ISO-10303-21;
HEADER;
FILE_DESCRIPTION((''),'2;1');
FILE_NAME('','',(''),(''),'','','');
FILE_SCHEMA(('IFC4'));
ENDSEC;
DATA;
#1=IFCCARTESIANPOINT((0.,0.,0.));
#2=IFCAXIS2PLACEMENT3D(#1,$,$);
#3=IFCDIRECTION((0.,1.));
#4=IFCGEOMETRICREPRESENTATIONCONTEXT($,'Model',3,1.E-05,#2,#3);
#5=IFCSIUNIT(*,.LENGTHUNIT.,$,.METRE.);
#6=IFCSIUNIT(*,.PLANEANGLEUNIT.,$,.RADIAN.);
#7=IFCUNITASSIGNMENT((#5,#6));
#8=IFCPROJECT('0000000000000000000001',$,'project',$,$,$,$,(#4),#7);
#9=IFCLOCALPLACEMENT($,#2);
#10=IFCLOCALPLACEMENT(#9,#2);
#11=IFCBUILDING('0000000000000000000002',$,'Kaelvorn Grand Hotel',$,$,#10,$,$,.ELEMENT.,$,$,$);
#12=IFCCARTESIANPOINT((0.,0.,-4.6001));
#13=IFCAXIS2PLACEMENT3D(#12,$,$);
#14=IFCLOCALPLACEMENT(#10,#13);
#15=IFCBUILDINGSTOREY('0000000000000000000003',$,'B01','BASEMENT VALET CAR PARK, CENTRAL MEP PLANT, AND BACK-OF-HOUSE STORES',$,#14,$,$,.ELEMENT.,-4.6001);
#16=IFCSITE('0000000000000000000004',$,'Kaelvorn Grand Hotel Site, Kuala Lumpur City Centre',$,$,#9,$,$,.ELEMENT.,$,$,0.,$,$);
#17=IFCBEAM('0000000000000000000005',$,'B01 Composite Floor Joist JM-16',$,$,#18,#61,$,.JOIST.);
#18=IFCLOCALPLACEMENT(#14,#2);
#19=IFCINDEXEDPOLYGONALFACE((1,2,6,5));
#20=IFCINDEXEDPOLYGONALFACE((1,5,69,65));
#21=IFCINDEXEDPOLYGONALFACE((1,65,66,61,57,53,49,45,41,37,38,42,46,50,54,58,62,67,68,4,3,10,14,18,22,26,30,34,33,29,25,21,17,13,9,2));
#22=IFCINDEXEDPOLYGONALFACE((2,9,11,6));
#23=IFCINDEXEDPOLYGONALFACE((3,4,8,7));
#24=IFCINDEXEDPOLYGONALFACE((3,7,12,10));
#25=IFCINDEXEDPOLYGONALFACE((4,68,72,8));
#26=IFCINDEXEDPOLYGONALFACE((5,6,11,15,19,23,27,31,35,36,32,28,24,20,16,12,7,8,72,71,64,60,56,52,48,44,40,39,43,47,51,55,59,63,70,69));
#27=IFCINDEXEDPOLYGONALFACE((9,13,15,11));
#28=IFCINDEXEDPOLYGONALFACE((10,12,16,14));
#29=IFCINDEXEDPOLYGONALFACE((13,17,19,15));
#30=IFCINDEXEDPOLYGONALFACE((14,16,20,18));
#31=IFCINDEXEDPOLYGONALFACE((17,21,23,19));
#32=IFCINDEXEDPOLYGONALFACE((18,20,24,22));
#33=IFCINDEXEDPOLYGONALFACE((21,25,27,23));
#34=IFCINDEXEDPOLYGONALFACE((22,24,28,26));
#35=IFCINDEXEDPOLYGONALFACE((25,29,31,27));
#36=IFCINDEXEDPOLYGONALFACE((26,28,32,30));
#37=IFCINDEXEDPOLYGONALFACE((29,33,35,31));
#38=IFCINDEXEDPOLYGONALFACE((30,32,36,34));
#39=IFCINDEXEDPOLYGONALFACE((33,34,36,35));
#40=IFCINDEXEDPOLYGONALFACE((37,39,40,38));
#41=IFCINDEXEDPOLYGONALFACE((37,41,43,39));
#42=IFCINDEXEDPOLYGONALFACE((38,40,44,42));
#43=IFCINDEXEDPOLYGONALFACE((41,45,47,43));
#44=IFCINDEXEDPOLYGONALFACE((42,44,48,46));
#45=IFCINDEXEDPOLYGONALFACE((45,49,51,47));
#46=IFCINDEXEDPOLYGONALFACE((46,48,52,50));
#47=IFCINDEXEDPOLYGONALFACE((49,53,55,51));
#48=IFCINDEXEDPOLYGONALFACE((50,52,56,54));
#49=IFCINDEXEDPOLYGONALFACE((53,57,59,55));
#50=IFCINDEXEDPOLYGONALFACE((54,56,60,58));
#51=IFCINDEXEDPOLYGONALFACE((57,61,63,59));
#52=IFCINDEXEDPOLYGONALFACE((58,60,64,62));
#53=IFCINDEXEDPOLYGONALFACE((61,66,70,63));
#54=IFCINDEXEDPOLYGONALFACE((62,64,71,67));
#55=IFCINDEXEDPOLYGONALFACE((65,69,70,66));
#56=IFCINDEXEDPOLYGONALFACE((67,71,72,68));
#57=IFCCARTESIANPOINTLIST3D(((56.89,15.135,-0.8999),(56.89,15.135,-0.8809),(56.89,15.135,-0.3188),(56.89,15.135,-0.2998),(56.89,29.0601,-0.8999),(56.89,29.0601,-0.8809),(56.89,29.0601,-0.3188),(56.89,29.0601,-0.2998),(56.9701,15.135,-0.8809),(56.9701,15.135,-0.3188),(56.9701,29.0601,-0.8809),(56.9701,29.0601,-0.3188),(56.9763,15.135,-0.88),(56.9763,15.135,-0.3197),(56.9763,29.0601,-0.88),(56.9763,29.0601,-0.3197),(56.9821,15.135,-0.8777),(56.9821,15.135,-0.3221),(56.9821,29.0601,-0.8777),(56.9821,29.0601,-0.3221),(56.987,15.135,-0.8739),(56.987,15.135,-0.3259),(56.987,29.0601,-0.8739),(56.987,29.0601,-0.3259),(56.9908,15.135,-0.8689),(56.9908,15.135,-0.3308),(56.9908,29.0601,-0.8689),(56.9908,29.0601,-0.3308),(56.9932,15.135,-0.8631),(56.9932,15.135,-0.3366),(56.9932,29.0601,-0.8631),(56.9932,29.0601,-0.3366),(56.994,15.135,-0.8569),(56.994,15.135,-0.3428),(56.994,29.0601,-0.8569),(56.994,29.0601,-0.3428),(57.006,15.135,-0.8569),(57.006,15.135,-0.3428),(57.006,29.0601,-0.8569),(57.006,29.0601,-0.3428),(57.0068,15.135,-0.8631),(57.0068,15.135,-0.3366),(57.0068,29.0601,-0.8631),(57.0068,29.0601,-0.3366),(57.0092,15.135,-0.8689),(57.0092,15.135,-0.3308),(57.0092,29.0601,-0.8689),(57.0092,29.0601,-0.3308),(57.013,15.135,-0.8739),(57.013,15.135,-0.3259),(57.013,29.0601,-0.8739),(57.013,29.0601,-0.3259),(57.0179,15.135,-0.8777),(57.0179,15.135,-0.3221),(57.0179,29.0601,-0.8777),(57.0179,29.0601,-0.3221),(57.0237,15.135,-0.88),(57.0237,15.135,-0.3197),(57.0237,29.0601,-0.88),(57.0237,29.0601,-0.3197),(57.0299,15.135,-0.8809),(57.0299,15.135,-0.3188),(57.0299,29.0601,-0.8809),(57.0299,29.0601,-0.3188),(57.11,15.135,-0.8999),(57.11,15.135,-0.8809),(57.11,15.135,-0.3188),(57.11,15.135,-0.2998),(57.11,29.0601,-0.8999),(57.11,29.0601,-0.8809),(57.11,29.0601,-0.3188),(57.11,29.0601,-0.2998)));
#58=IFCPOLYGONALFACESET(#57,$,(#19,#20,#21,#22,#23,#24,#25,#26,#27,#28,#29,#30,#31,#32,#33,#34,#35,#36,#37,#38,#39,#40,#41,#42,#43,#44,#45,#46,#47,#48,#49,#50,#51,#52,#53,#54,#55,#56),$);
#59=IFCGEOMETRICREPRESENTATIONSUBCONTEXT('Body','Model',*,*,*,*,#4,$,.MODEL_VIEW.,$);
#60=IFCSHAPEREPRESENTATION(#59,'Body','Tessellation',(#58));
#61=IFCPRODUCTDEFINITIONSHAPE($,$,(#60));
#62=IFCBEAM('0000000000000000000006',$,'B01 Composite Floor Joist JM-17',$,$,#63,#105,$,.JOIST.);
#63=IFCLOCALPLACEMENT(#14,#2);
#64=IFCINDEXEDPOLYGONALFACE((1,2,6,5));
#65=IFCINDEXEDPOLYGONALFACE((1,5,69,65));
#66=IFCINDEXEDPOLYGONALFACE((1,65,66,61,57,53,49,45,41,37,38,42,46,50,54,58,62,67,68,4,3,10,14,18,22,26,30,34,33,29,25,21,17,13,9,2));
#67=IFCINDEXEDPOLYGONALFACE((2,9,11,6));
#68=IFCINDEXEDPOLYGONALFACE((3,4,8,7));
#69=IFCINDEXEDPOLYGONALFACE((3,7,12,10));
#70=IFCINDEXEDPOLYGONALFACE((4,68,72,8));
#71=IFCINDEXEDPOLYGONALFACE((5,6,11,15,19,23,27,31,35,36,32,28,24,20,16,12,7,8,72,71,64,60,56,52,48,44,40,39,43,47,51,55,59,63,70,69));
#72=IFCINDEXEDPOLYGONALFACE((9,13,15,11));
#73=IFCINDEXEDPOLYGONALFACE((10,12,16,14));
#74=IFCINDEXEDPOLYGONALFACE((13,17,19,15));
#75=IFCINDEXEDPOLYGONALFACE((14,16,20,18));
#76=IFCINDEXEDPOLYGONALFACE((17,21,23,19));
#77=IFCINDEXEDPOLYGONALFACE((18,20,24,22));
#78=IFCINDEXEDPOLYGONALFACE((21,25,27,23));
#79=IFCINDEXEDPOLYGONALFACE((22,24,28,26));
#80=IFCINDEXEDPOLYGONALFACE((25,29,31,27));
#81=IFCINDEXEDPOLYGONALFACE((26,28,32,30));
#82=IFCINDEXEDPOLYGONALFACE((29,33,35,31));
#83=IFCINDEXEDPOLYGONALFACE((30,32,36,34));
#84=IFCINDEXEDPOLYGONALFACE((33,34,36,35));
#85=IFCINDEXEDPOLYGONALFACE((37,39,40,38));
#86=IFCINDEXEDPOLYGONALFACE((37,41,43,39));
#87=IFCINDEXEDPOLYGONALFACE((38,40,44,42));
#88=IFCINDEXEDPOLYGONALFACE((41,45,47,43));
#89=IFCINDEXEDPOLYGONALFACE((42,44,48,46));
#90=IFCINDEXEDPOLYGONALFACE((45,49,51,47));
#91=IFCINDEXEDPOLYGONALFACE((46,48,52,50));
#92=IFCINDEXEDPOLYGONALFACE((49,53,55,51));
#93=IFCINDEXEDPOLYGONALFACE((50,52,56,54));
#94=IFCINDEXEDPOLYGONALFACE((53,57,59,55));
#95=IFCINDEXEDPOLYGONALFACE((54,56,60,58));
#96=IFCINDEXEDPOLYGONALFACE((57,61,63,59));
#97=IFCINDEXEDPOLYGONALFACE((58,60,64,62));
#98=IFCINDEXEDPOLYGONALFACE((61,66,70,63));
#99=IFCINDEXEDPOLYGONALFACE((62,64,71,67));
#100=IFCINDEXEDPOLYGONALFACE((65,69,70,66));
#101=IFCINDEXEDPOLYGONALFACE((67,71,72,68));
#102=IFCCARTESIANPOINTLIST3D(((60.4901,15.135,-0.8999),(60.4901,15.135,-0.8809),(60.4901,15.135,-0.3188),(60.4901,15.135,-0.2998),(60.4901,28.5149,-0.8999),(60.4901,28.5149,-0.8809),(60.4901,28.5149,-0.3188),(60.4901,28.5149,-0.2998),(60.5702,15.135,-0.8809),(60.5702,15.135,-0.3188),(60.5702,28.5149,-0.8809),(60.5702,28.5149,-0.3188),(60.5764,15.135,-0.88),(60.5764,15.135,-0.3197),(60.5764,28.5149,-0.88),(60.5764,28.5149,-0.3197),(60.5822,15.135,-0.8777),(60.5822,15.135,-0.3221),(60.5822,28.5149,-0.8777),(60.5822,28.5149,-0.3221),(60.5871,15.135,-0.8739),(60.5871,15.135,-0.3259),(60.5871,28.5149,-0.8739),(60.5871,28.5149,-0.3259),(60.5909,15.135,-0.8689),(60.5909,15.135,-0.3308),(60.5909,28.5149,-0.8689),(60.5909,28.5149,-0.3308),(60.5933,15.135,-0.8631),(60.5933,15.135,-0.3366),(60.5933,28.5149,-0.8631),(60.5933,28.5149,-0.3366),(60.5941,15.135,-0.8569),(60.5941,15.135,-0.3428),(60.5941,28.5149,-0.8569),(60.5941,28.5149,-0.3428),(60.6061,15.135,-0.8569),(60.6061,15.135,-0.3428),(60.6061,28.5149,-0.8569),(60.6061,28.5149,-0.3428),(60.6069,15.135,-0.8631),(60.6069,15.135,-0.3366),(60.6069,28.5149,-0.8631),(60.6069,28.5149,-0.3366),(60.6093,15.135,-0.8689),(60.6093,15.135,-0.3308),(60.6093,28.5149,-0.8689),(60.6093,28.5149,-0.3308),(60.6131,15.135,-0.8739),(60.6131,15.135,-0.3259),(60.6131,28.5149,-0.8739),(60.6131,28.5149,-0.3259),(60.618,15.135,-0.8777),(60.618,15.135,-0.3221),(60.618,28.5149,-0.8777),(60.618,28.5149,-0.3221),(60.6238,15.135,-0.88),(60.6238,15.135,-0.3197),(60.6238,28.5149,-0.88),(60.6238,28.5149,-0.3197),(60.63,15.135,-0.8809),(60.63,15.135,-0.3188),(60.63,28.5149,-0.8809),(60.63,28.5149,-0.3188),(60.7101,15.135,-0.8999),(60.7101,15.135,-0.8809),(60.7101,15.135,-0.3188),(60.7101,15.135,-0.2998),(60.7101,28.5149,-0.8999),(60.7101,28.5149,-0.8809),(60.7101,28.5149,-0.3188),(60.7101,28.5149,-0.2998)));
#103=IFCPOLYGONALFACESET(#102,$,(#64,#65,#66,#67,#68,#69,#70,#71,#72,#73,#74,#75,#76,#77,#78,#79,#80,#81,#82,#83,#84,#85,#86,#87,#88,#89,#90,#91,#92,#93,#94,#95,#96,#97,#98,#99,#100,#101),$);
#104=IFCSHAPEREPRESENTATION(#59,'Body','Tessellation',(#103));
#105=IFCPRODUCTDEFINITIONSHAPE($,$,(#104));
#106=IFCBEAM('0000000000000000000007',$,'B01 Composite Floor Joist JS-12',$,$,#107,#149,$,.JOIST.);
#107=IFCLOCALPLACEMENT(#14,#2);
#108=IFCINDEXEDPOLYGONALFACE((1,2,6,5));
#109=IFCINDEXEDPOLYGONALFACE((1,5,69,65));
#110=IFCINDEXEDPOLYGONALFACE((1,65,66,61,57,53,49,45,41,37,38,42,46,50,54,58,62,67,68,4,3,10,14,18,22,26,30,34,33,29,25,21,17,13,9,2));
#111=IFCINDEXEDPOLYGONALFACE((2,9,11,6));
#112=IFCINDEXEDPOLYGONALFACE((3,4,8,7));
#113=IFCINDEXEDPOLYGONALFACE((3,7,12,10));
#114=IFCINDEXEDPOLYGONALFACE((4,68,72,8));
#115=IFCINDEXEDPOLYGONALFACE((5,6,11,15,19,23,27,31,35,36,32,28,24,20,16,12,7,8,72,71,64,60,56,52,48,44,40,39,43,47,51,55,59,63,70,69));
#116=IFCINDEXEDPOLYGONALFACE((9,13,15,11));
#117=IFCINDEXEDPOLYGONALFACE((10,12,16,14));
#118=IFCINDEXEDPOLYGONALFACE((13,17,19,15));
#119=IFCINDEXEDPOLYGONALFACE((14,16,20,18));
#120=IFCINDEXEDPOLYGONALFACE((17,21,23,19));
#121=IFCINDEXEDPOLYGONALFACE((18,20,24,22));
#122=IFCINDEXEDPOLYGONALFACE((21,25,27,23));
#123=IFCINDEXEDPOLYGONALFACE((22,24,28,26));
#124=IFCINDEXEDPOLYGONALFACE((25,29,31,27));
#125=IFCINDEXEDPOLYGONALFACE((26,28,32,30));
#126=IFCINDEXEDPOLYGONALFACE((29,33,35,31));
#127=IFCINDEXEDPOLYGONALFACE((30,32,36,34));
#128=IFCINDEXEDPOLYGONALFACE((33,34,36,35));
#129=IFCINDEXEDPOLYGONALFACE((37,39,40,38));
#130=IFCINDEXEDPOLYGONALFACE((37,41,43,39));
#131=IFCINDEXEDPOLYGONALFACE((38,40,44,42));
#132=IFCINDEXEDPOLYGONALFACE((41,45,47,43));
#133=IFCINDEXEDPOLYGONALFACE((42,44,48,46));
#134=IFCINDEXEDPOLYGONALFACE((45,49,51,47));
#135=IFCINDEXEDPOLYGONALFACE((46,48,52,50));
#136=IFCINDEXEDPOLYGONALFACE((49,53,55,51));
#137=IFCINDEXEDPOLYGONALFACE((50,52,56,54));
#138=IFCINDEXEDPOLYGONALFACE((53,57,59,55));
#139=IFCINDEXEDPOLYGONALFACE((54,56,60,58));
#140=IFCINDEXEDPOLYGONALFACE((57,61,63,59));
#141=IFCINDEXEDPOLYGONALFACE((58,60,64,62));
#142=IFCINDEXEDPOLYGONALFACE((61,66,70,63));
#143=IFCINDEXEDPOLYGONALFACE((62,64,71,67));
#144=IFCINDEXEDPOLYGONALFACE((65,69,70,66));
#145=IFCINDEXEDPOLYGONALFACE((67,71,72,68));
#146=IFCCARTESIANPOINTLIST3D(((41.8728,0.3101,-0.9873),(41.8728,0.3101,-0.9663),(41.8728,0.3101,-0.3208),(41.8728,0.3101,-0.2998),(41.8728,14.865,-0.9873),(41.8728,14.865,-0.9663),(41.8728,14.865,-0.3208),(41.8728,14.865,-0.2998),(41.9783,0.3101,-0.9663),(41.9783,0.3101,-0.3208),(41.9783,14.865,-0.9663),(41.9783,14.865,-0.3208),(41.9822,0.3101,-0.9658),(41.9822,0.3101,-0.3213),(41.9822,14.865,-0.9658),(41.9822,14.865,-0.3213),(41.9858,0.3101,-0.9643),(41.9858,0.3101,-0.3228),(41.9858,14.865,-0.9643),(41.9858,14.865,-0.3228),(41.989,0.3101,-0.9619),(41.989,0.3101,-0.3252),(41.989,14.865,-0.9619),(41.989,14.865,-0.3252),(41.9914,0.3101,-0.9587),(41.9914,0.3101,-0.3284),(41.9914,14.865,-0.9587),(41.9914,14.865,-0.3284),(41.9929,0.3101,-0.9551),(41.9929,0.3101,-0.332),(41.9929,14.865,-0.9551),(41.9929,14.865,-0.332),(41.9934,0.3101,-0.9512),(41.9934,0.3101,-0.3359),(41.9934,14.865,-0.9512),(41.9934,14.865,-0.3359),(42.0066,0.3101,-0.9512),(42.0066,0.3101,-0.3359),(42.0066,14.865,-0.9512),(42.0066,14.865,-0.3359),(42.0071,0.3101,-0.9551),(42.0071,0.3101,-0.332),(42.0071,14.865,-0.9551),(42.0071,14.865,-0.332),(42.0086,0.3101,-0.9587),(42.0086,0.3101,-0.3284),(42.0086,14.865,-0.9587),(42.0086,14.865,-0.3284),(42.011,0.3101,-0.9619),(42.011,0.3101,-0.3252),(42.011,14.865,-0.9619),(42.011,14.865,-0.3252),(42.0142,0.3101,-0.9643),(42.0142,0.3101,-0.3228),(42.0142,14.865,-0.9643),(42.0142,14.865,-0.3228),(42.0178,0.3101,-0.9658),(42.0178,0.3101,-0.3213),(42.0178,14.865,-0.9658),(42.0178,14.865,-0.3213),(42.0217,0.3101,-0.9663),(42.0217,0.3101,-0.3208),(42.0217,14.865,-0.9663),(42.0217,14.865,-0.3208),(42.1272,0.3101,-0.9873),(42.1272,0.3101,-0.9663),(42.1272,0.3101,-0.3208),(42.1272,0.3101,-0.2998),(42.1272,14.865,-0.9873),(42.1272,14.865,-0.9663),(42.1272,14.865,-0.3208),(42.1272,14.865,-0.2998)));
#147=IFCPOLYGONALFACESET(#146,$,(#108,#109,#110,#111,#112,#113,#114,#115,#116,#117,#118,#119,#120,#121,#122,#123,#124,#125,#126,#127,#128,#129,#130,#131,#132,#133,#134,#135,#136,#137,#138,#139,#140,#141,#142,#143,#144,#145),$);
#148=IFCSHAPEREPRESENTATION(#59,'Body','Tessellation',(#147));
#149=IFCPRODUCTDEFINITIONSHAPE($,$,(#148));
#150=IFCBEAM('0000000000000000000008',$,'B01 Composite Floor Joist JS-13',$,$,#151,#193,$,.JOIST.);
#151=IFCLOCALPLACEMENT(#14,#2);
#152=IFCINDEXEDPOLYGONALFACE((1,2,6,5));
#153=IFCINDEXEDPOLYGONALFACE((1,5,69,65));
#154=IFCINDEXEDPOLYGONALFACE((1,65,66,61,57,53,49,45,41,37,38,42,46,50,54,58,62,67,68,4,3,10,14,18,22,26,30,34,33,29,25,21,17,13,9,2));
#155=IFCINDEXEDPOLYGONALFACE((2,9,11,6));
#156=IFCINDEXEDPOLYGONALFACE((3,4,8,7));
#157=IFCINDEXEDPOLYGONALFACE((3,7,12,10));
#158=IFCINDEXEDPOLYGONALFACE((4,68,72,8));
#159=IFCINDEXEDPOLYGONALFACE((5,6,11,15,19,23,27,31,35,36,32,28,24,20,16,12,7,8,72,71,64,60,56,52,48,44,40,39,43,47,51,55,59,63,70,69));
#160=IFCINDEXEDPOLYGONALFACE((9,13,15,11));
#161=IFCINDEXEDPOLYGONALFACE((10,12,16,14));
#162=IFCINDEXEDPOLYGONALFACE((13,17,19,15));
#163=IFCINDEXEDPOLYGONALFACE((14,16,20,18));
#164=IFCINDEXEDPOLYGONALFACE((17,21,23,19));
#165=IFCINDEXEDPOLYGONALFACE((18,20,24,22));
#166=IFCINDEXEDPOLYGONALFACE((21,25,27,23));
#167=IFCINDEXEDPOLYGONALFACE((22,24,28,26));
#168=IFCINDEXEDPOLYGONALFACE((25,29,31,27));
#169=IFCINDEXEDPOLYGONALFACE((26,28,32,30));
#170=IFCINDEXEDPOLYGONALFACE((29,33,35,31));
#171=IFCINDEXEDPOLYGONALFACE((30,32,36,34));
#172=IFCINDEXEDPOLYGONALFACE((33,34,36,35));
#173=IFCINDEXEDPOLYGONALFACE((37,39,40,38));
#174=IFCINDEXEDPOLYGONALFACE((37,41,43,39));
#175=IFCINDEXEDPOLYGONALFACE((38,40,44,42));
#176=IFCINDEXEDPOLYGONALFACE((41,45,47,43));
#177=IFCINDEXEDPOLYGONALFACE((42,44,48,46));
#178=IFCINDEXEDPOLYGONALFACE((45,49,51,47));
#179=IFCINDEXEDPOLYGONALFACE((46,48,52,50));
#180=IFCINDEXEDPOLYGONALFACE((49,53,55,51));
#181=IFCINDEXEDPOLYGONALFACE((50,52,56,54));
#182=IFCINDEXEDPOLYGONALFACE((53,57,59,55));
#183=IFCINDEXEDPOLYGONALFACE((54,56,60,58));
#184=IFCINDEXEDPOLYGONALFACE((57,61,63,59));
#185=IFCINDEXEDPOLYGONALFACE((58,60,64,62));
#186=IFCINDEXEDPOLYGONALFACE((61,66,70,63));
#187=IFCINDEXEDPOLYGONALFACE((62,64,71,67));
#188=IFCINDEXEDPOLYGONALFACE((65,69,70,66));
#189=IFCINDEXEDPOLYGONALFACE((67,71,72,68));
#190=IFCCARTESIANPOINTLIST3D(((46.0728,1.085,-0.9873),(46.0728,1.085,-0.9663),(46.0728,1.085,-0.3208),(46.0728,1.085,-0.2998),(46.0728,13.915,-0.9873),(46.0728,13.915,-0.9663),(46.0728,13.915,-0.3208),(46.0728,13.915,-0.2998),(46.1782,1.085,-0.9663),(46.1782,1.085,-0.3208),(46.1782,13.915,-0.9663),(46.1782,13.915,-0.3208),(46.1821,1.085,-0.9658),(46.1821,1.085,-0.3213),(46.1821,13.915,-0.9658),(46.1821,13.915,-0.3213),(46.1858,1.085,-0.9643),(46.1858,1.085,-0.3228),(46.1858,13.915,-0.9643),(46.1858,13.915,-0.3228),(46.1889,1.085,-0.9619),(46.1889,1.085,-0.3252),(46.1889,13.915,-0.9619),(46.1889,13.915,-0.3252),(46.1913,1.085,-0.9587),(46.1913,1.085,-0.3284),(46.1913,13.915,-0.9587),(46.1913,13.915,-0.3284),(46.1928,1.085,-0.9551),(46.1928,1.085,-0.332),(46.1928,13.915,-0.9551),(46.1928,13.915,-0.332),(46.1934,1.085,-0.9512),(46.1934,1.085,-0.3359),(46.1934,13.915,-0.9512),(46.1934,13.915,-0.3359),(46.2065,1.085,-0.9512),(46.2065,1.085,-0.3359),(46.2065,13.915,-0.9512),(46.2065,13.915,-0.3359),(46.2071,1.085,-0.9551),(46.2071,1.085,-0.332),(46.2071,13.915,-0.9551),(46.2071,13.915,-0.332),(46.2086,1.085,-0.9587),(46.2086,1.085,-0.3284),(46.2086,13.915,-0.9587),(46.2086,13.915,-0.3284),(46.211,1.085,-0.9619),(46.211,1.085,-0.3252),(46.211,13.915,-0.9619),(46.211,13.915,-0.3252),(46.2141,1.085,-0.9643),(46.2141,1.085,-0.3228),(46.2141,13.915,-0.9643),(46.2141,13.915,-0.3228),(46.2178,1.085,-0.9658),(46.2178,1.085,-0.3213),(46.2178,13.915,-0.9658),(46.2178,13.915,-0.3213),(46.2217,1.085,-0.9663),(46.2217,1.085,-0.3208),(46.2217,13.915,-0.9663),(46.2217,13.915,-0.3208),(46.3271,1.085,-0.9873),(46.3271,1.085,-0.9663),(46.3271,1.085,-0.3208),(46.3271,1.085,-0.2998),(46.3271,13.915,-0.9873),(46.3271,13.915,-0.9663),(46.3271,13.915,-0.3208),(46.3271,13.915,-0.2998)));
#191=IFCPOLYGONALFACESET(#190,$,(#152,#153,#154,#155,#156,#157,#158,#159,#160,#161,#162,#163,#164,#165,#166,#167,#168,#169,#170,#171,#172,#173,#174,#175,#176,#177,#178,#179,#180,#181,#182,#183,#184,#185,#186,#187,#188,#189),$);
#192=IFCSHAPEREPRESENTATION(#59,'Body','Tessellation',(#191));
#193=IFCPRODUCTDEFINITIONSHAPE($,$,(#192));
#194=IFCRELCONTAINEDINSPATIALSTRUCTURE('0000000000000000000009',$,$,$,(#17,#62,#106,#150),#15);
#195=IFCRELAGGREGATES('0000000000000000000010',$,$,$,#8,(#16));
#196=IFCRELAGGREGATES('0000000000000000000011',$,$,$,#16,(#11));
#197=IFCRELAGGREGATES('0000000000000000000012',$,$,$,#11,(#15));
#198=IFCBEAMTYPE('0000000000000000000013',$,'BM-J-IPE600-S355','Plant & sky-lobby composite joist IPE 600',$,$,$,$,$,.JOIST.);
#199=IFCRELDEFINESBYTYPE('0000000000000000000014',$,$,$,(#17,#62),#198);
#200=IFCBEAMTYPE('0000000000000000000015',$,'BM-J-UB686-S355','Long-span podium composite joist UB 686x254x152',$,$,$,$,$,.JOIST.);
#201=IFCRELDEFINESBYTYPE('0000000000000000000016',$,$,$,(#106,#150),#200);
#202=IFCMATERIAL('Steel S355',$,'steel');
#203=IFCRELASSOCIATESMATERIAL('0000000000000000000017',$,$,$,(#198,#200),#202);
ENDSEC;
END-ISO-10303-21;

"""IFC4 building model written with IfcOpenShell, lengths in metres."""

from ifc_helpers import new_model, si_unit, direction, frame, origin, origin_2d, place, context, subcontext, project, spatial, i_section, extrude, material, material_profile, profile_set, type_object, element, save


model = new_model("IFC4")

# Units and contexts
model_context = context("Model", 3, precision=1e-05, world=origin(), true_north=direction((0.0, 1.0)))
body_context = subcontext(model_context, "Body", "Model", "MODEL_VIEW")
ifc_project = project(units=[si_unit("LENGTHUNIT", "METRE"), si_unit("PLANEANGLEUNIT", "RADIAN")], contexts=[model_context])

# Site, building, storey
site_placement = place(None, origin())
site = spatial("IfcSite", under=ifc_project, at=site_placement, Name="Kaelvorn Grand Hotel Site, Kuala Lumpur City Centre", CompositionType="ELEMENT", RefElevation=0.0)
building_placement = place(site_placement, origin())
building = spatial("IfcBuilding", under=site, at=building_placement, Name="Kaelvorn Grand Hotel", CompositionType="ELEMENT")
storey_placement = place(building_placement, frame((0.0, 0.0, -4.6001)))
storey = spatial("IfcBuildingStorey", under=building, at=storey_placement, Name="B01", Description="BASEMENT VALET CAR PARK, CENTRAL MEP PLANT, AND BACK-OF-HOUSE STORES", CompositionType="ELEMENT", Elevation=-4.6001)

# Beams
ifc_material_1 = material(Name="Steel S355", Category="steel")
ifc_material_profile_1 = material_profile(ifc_material_1, i_section(OverallWidth=0.22, OverallDepth=0.6001, WebThickness=0.012, FlangeThickness=0.019, FilletRadius=0.0239, at=origin_2d()), Name="IPE 600")
ifc_profile_set_1 = profile_set([ifc_material_profile_1], Name="Steel S355")
beam_type_1 = type_object("IfcBeamType", Name="BM-J-IPE600-S355", Description="Plant & sky-lobby composite joist IPE 600", PredefinedType="JOIST", material=ifc_profile_set_1)
for number, where, z_axis, x_axis, name in (
    (1, (57.0, 15.135, -0.5999), (0.0, 1.0, 0.0), (-1.0, 0.0, 0.0), "B01 Composite Floor Joist JM-16"),
):
    element("IfcBeam", number, at=place(storey_placement, frame(where, z_axis=z_axis, x_axis=x_axis)), inside=storey, type_object=beam_type_1, Name=name, PredefinedType="JOIST", context=body_context, shape_type="SweptSolid", body=[
        extrude(i_section(OverallWidth=0.22, OverallDepth=0.6001, WebThickness=0.012, FlangeThickness=0.019, FilletRadius=0.0239, at=origin_2d()), origin(), (0.0, 0.0, 1.0), 13.925),
    ])
beam_1_placement = place(storey_placement, frame((60.6001, 15.135, -0.5999), z_axis=(0.0, 1.0, 0.0), x_axis=(-1.0, 0.0, 0.0)))
element("IfcBeam", 2, at=beam_1_placement, inside=storey, type_object=beam_type_1, Name="B01 Composite Floor Joist JM-17", PredefinedType="JOIST", context=body_context, shape_type="SweptSolid", body=[
    extrude(i_section(OverallWidth=0.22, OverallDepth=0.6001, WebThickness=0.012, FlangeThickness=0.019, FilletRadius=0.0239, at=origin_2d()), origin(), (0.0, 0.0, 1.0), 13.3799),
])
ifc_material_profile_2 = material_profile(ifc_material_1, i_section(OverallWidth=0.2544, OverallDepth=0.6875, WebThickness=0.0132, FlangeThickness=0.021, FilletRadius=0.0151, at=origin_2d()), Name="UB 686x254x152")
ifc_profile_set_2 = profile_set([ifc_material_profile_2], Name="Steel S355")
beam_type_2 = type_object("IfcBeamType", Name="BM-J-UB686-S355", Description="Long-span podium composite joist UB 686x254x152", PredefinedType="JOIST", material=ifc_profile_set_2)
beam_2_placement = place(storey_placement, frame((42.0, 0.3101, -0.6436), z_axis=(0.0, 1.0, 0.0), x_axis=(-1.0, 0.0, 0.0)))
element("IfcBeam", 3, at=beam_2_placement, inside=storey, type_object=beam_type_2, Name="B01 Composite Floor Joist JS-12", PredefinedType="JOIST", context=body_context, shape_type="SweptSolid", body=[
    extrude(i_section(OverallWidth=0.2544, OverallDepth=0.6875, WebThickness=0.0132, FlangeThickness=0.021, FilletRadius=0.0151, at=origin_2d()), origin(), (0.0, 0.0, 1.0), 14.5549),
])
beam_3_placement = place(storey_placement, frame((46.2, 1.085, -0.6436), z_axis=(0.0, 1.0, 0.0), x_axis=(-1.0, 0.0, 0.0)))
element("IfcBeam", 4, at=beam_3_placement, inside=storey, type_object=beam_type_2, Name="B01 Composite Floor Joist JS-13", PredefinedType="JOIST", context=body_context, shape_type="SweptSolid", body=[
    extrude(i_section(OverallWidth=0.2544, OverallDepth=0.6875, WebThickness=0.0132, FlangeThickness=0.021, FilletRadius=0.0151, at=origin_2d()), origin(), (0.0, 0.0, 1.0), 12.8301),
])

save(model, "model.ifc")
